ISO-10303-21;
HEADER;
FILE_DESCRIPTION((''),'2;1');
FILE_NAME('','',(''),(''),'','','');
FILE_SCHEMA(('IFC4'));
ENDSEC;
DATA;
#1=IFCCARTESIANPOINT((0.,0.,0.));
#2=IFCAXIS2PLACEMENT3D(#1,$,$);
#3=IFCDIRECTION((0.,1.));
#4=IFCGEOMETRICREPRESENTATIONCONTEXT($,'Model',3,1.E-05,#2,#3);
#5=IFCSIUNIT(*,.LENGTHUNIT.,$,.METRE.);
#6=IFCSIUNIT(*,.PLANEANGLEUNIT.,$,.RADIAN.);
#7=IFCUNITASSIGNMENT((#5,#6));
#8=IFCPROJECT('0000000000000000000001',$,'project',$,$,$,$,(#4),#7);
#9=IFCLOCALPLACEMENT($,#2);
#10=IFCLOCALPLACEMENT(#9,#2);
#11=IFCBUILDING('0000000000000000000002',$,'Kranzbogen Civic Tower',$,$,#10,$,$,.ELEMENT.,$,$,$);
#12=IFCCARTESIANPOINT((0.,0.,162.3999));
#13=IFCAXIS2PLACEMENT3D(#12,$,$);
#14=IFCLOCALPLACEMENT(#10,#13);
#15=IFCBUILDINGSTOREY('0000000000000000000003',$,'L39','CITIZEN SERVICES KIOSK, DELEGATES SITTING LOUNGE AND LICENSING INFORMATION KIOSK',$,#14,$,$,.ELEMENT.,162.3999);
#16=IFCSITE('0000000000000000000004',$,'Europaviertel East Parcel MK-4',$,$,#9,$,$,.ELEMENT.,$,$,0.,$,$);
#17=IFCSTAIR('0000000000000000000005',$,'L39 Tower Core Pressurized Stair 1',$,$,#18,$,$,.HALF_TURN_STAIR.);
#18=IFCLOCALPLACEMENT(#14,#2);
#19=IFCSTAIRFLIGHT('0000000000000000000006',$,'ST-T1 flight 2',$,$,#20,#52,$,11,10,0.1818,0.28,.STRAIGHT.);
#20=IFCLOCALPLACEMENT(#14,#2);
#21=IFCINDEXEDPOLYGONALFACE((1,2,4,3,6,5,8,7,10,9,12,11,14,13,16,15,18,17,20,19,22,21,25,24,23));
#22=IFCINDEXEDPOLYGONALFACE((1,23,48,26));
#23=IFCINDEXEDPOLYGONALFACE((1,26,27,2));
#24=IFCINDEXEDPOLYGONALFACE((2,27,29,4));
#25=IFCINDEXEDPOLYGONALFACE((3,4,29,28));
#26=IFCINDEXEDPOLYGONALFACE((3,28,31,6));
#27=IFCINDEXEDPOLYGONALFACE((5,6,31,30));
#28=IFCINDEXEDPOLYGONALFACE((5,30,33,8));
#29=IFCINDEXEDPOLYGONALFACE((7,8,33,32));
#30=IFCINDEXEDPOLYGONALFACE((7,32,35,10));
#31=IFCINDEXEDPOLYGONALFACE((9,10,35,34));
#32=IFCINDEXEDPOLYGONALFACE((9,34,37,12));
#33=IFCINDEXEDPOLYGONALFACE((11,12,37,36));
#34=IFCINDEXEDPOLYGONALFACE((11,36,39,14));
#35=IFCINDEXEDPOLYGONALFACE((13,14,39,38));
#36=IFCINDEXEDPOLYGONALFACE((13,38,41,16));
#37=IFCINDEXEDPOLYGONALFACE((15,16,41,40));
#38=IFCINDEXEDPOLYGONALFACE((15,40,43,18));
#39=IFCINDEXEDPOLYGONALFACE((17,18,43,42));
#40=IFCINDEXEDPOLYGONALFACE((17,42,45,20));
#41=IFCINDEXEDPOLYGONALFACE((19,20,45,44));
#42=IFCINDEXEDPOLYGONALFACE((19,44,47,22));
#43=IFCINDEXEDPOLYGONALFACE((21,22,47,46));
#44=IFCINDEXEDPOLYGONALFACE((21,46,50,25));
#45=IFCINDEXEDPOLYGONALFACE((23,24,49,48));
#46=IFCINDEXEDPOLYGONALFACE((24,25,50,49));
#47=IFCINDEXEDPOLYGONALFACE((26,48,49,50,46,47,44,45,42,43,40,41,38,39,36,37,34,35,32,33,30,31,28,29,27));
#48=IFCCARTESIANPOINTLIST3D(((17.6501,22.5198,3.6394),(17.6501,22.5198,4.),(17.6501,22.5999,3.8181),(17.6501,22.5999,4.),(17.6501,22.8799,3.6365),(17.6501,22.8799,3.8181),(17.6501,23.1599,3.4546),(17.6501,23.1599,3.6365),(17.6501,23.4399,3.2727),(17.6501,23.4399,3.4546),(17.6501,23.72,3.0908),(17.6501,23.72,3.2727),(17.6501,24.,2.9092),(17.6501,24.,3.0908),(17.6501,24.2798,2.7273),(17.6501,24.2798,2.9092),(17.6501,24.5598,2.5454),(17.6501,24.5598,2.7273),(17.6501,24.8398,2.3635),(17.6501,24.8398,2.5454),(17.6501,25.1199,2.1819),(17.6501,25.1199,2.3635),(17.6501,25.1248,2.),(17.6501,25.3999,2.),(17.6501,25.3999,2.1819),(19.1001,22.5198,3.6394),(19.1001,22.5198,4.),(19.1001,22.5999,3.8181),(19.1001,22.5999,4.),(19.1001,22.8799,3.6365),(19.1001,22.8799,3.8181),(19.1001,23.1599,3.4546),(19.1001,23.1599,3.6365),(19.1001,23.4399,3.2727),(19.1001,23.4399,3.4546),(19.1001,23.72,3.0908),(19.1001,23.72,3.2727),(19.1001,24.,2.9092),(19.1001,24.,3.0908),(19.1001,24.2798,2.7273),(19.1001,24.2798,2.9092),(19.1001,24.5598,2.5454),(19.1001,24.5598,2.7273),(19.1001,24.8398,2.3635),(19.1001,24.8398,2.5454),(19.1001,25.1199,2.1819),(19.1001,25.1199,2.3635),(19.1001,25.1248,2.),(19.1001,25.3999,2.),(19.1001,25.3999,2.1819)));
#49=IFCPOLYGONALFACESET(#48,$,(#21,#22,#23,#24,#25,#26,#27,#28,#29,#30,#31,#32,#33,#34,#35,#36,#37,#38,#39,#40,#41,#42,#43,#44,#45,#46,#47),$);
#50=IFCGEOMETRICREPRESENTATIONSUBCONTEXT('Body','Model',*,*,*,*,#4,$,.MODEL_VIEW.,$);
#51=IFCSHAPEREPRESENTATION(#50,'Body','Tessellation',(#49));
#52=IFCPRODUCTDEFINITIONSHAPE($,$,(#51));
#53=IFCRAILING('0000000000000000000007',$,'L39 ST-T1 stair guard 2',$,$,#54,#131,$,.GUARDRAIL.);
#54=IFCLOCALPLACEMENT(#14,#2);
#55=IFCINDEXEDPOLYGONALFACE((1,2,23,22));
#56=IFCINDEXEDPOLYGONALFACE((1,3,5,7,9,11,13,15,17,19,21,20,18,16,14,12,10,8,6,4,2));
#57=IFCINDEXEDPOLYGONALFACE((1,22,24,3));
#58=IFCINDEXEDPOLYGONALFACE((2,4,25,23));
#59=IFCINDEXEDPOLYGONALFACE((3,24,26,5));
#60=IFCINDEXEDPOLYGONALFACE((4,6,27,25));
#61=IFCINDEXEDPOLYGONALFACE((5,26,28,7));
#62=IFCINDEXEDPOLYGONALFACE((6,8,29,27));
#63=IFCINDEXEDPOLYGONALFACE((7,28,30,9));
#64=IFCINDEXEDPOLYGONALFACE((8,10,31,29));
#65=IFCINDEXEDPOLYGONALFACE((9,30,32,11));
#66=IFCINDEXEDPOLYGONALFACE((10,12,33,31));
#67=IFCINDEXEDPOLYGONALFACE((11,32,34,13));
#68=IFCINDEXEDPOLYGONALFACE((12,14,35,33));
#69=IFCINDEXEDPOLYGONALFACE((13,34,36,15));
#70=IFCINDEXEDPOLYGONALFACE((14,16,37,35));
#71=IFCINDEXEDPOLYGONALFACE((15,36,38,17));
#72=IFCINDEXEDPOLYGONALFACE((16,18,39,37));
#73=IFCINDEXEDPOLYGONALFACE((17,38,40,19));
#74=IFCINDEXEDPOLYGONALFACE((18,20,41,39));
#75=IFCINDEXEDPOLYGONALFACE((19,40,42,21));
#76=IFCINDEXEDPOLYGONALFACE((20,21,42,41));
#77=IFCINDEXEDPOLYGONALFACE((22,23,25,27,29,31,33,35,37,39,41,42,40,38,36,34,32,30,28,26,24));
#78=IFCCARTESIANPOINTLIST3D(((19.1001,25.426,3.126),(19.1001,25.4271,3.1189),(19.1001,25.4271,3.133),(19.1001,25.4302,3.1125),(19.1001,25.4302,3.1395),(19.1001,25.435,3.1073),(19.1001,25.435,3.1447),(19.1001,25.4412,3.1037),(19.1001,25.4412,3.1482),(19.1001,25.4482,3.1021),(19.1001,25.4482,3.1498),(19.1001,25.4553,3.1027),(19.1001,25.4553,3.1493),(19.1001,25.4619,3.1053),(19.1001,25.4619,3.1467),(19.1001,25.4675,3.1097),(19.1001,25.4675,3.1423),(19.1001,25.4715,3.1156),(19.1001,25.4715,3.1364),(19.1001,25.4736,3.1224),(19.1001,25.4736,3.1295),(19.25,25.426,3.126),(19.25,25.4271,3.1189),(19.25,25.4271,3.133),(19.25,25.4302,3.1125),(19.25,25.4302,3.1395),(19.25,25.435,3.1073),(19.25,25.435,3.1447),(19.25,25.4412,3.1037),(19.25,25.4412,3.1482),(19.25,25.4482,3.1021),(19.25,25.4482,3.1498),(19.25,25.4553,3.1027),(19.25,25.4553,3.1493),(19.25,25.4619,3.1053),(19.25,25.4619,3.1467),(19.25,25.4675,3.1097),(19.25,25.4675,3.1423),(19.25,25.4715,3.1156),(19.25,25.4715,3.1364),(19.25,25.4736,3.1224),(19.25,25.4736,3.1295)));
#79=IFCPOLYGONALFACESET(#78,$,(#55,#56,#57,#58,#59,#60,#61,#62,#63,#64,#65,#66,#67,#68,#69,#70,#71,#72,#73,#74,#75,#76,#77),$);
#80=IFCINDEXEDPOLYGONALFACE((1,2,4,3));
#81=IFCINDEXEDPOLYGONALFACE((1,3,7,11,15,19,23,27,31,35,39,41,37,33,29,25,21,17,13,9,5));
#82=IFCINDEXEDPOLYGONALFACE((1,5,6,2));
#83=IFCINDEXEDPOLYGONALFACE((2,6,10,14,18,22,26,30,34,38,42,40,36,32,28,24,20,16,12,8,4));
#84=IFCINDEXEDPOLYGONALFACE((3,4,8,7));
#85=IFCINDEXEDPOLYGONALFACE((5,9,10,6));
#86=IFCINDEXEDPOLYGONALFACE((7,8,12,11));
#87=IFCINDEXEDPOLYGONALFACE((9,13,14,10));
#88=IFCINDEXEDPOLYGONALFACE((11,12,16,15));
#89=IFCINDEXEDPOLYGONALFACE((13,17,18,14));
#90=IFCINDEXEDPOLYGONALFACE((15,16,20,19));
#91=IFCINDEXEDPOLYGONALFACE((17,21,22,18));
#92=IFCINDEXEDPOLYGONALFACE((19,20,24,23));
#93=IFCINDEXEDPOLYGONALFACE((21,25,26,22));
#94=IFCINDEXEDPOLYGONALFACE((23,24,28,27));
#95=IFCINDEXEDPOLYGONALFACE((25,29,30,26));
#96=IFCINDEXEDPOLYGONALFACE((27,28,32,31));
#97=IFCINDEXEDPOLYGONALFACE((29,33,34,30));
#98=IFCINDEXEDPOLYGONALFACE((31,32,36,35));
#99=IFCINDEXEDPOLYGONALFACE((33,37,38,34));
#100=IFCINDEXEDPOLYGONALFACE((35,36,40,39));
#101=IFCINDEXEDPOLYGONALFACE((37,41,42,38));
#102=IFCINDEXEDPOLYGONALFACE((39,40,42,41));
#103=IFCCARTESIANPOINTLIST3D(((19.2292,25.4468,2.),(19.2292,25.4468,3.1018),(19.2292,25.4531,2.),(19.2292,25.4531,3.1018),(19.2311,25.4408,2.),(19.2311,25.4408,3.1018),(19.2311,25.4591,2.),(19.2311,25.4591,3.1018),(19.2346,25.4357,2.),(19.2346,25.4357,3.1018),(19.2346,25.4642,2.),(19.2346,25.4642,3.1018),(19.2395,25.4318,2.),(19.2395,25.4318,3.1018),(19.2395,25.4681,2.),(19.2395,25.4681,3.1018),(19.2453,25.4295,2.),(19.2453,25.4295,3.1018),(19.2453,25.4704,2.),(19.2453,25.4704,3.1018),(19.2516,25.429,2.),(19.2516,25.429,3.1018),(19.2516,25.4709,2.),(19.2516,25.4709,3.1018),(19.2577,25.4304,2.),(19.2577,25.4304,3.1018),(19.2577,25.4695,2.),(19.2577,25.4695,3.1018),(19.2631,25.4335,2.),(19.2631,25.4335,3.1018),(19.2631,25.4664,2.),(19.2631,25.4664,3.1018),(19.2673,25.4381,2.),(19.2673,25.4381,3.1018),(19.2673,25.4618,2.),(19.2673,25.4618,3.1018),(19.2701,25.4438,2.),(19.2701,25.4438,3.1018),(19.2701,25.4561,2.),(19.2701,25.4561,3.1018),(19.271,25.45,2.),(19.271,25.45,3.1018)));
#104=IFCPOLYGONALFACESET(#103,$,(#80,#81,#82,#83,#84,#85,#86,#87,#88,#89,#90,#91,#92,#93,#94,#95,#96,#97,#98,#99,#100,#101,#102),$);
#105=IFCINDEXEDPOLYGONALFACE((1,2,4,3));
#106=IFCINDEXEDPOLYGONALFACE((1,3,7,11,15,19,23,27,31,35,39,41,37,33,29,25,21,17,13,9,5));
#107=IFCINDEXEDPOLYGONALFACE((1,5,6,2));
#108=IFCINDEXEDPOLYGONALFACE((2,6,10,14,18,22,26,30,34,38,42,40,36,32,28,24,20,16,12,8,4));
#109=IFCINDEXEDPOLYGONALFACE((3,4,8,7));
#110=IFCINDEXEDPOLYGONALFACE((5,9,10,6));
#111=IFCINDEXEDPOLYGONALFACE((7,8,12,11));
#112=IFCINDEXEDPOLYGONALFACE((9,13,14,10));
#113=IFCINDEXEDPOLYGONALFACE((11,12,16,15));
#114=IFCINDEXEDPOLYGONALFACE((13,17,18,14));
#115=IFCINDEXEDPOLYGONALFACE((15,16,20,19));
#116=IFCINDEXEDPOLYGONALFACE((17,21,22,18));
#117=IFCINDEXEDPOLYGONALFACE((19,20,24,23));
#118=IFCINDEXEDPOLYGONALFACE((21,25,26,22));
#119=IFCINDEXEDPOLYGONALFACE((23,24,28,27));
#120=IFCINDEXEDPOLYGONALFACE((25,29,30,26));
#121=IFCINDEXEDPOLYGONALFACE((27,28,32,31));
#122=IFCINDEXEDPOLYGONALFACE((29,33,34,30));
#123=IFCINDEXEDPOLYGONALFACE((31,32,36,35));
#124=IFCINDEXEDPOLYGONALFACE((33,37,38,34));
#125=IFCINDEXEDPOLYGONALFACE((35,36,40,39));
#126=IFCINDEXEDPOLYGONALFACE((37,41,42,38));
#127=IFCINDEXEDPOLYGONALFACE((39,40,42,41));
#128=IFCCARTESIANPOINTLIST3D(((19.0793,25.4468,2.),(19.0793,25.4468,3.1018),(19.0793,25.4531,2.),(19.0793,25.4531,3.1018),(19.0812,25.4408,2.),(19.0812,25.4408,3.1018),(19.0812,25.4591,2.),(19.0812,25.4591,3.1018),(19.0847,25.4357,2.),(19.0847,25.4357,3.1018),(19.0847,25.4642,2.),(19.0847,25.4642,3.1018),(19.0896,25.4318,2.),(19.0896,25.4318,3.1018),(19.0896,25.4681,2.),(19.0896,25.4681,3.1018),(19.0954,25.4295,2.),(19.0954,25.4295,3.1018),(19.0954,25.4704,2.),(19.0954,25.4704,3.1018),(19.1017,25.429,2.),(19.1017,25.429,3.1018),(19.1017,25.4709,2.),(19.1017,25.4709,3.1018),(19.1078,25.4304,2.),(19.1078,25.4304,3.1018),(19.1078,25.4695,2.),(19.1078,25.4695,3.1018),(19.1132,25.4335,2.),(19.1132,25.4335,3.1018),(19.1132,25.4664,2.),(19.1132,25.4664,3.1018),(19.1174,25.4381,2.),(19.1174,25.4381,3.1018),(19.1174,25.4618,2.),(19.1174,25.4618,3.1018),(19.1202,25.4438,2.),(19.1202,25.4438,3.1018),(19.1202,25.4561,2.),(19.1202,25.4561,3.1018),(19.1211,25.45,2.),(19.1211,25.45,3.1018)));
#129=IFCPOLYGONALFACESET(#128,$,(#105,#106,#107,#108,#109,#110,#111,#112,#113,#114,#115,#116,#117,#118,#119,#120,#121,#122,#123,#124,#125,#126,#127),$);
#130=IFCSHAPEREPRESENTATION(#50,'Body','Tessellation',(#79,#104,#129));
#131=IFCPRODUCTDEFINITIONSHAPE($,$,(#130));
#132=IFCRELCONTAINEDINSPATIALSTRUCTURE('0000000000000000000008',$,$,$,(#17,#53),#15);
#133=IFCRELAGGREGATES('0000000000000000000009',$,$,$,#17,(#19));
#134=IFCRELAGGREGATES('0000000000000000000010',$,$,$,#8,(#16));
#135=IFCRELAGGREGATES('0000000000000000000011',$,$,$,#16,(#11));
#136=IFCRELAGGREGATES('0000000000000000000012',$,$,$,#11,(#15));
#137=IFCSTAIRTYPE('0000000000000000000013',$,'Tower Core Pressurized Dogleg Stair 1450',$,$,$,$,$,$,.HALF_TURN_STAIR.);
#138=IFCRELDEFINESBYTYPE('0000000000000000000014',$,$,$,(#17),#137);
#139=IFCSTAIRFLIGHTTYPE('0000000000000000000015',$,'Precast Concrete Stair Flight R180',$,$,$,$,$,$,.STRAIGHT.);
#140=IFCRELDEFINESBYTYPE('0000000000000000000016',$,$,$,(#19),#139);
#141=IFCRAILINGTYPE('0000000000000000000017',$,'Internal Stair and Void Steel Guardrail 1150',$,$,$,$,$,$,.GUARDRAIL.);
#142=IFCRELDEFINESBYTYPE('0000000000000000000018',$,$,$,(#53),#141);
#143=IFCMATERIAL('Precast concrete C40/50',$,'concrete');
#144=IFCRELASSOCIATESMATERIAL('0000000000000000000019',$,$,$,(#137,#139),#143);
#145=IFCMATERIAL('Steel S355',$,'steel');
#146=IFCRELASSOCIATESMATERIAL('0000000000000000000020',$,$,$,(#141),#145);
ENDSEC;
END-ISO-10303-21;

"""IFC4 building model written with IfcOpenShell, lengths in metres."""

from ifc_helpers import new_model, si_unit, direction, frame, origin, origin_2d, place, context, subcontext, project, spatial, polyline, circle, outline, extrude, material, type_object, element, aggregate, save


model = new_model("IFC4")

# Units and contexts
model_context = context("Model", 3, precision=1e-05, world=origin(), true_north=direction((0.0, 1.0)))
body_context = subcontext(model_context, "Body", "Model", "MODEL_VIEW")
ifc_project = project(units=[si_unit("LENGTHUNIT", "METRE"), si_unit("PLANEANGLEUNIT", "RADIAN")], contexts=[model_context])

# Site, building, storey
site_placement = place(None, origin())
site = spatial("IfcSite", under=ifc_project, at=site_placement, Name="Europaviertel East Parcel MK-4", CompositionType="ELEMENT", RefElevation=0.0)
building_placement = place(site_placement, origin())
building = spatial("IfcBuilding", under=site, at=building_placement, Name="Kranzbogen Civic Tower", CompositionType="ELEMENT")
storey_placement = place(building_placement, frame((0.0, 0.0, 162.3999)))
storey = spatial("IfcBuildingStorey", under=building, at=storey_placement, Name="L39", Description="CITIZEN SERVICES KIOSK, DELEGATES SITTING LOUNGE AND LICENSING INFORMATION KIOSK", CompositionType="ELEMENT", Elevation=162.3999)

# Shared definitions
ifc_material_1 = material(Name="Steel S355", Category="steel")

# Stair, stair flight
ifc_material_2 = material(Name="Precast concrete C40/50", Category="concrete")
stair_type = type_object("IfcStairType", Name="Tower Core Pressurized Dogleg Stair 1450", PredefinedType="HALF_TURN_STAIR", material=ifc_material_2)
stair_placement = place(storey_placement, origin())
stair = element("IfcStair", 1, at=stair_placement, inside=storey, type_object=stair_type, Name="L39 Tower Core Pressurized Stair 1", PredefinedType="HALF_TURN_STAIR")
stair_flight_type = type_object("IfcStairFlightType", Name="Precast Concrete Stair Flight R180", PredefinedType="STRAIGHT", material=ifc_material_2)
stair_flight_placement = place(storey_placement, frame((18.375, 25.3999, 2.0), z_axis=(0.0, 0.0, 1.0), x_axis=(0.0, -1.0, 0.0)))
stair_flight = element("IfcStairFlight", 2, at=stair_flight_placement, type_object=stair_flight_type, Name="ST-T1 flight 2", NumberOfRisers=11, NumberOfTreads=10, PredefinedType="STRAIGHT", RiserHeight=0.1818, TreadLength=0.28, context=body_context, shape_type="SweptSolid", body=[
    extrude(outline(polyline([(0.0, 0.0), (0.0, 0.1819), (0.28, 0.1819), (0.28, 0.3635), (0.5601, 0.3635), (0.5601, 0.5454), (0.8401, 0.5454), (0.8401, 0.7273), (1.1201, 0.7273), (1.1201, 0.9092), (1.3999, 0.9092), (1.3999, 1.0908), (1.6799, 1.0908), (1.6799, 1.2727), (1.96, 1.2727), (1.96, 1.4546), (2.24, 1.4546), (2.24, 1.6365), (2.52, 1.6365), (2.52, 1.8181), (2.8, 1.8181), (2.8, 2.0), (2.8801, 2.0), (2.8801, 1.6394), (0.2751, 0.0), (0.0, 0.0)])), frame((0.0, 0.7251, 0.0), z_axis=(0.0, -1.0, 0.0), x_axis=(1.0, 0.0, 0.0)), (0.0, 0.0, 1.0), 1.45),
])
aggregate(stair, [stair_flight])

# Railing
railing_type = type_object("IfcRailingType", Name="Internal Stair and Void Steel Guardrail 1150", PredefinedType="GUARDRAIL", material=ifc_material_1)
railing_1_placement = place(storey_placement, frame((19.25, 25.45, 2.0)))
element("IfcRailing", 3, at=railing_1_placement, inside=storey, type_object=railing_type, Name="L39 ST-T1 stair guard 2", PredefinedType="GUARDRAIL", context=body_context, shape_type="SweptSolid", body=[
    extrude(circle(Radius=0.0239, at=origin_2d()), frame((0.0, 0.0, 1.126), z_axis=(-1.0, 0.0, 0.0), x_axis=(0.0, -1.0, 0.0)), (0.0, 0.0, 1.0), 0.1499),
    extrude(circle(Radius=0.021, at=origin_2d()), origin(), (0.0, 0.0, 1.0), 1.1018),
    extrude(circle(Radius=0.021, at=origin_2d()), frame((-0.1499, 0.0, 0.0)), (0.0, 0.0, 1.0), 1.1018),
])

save(model, "model.ifc")
